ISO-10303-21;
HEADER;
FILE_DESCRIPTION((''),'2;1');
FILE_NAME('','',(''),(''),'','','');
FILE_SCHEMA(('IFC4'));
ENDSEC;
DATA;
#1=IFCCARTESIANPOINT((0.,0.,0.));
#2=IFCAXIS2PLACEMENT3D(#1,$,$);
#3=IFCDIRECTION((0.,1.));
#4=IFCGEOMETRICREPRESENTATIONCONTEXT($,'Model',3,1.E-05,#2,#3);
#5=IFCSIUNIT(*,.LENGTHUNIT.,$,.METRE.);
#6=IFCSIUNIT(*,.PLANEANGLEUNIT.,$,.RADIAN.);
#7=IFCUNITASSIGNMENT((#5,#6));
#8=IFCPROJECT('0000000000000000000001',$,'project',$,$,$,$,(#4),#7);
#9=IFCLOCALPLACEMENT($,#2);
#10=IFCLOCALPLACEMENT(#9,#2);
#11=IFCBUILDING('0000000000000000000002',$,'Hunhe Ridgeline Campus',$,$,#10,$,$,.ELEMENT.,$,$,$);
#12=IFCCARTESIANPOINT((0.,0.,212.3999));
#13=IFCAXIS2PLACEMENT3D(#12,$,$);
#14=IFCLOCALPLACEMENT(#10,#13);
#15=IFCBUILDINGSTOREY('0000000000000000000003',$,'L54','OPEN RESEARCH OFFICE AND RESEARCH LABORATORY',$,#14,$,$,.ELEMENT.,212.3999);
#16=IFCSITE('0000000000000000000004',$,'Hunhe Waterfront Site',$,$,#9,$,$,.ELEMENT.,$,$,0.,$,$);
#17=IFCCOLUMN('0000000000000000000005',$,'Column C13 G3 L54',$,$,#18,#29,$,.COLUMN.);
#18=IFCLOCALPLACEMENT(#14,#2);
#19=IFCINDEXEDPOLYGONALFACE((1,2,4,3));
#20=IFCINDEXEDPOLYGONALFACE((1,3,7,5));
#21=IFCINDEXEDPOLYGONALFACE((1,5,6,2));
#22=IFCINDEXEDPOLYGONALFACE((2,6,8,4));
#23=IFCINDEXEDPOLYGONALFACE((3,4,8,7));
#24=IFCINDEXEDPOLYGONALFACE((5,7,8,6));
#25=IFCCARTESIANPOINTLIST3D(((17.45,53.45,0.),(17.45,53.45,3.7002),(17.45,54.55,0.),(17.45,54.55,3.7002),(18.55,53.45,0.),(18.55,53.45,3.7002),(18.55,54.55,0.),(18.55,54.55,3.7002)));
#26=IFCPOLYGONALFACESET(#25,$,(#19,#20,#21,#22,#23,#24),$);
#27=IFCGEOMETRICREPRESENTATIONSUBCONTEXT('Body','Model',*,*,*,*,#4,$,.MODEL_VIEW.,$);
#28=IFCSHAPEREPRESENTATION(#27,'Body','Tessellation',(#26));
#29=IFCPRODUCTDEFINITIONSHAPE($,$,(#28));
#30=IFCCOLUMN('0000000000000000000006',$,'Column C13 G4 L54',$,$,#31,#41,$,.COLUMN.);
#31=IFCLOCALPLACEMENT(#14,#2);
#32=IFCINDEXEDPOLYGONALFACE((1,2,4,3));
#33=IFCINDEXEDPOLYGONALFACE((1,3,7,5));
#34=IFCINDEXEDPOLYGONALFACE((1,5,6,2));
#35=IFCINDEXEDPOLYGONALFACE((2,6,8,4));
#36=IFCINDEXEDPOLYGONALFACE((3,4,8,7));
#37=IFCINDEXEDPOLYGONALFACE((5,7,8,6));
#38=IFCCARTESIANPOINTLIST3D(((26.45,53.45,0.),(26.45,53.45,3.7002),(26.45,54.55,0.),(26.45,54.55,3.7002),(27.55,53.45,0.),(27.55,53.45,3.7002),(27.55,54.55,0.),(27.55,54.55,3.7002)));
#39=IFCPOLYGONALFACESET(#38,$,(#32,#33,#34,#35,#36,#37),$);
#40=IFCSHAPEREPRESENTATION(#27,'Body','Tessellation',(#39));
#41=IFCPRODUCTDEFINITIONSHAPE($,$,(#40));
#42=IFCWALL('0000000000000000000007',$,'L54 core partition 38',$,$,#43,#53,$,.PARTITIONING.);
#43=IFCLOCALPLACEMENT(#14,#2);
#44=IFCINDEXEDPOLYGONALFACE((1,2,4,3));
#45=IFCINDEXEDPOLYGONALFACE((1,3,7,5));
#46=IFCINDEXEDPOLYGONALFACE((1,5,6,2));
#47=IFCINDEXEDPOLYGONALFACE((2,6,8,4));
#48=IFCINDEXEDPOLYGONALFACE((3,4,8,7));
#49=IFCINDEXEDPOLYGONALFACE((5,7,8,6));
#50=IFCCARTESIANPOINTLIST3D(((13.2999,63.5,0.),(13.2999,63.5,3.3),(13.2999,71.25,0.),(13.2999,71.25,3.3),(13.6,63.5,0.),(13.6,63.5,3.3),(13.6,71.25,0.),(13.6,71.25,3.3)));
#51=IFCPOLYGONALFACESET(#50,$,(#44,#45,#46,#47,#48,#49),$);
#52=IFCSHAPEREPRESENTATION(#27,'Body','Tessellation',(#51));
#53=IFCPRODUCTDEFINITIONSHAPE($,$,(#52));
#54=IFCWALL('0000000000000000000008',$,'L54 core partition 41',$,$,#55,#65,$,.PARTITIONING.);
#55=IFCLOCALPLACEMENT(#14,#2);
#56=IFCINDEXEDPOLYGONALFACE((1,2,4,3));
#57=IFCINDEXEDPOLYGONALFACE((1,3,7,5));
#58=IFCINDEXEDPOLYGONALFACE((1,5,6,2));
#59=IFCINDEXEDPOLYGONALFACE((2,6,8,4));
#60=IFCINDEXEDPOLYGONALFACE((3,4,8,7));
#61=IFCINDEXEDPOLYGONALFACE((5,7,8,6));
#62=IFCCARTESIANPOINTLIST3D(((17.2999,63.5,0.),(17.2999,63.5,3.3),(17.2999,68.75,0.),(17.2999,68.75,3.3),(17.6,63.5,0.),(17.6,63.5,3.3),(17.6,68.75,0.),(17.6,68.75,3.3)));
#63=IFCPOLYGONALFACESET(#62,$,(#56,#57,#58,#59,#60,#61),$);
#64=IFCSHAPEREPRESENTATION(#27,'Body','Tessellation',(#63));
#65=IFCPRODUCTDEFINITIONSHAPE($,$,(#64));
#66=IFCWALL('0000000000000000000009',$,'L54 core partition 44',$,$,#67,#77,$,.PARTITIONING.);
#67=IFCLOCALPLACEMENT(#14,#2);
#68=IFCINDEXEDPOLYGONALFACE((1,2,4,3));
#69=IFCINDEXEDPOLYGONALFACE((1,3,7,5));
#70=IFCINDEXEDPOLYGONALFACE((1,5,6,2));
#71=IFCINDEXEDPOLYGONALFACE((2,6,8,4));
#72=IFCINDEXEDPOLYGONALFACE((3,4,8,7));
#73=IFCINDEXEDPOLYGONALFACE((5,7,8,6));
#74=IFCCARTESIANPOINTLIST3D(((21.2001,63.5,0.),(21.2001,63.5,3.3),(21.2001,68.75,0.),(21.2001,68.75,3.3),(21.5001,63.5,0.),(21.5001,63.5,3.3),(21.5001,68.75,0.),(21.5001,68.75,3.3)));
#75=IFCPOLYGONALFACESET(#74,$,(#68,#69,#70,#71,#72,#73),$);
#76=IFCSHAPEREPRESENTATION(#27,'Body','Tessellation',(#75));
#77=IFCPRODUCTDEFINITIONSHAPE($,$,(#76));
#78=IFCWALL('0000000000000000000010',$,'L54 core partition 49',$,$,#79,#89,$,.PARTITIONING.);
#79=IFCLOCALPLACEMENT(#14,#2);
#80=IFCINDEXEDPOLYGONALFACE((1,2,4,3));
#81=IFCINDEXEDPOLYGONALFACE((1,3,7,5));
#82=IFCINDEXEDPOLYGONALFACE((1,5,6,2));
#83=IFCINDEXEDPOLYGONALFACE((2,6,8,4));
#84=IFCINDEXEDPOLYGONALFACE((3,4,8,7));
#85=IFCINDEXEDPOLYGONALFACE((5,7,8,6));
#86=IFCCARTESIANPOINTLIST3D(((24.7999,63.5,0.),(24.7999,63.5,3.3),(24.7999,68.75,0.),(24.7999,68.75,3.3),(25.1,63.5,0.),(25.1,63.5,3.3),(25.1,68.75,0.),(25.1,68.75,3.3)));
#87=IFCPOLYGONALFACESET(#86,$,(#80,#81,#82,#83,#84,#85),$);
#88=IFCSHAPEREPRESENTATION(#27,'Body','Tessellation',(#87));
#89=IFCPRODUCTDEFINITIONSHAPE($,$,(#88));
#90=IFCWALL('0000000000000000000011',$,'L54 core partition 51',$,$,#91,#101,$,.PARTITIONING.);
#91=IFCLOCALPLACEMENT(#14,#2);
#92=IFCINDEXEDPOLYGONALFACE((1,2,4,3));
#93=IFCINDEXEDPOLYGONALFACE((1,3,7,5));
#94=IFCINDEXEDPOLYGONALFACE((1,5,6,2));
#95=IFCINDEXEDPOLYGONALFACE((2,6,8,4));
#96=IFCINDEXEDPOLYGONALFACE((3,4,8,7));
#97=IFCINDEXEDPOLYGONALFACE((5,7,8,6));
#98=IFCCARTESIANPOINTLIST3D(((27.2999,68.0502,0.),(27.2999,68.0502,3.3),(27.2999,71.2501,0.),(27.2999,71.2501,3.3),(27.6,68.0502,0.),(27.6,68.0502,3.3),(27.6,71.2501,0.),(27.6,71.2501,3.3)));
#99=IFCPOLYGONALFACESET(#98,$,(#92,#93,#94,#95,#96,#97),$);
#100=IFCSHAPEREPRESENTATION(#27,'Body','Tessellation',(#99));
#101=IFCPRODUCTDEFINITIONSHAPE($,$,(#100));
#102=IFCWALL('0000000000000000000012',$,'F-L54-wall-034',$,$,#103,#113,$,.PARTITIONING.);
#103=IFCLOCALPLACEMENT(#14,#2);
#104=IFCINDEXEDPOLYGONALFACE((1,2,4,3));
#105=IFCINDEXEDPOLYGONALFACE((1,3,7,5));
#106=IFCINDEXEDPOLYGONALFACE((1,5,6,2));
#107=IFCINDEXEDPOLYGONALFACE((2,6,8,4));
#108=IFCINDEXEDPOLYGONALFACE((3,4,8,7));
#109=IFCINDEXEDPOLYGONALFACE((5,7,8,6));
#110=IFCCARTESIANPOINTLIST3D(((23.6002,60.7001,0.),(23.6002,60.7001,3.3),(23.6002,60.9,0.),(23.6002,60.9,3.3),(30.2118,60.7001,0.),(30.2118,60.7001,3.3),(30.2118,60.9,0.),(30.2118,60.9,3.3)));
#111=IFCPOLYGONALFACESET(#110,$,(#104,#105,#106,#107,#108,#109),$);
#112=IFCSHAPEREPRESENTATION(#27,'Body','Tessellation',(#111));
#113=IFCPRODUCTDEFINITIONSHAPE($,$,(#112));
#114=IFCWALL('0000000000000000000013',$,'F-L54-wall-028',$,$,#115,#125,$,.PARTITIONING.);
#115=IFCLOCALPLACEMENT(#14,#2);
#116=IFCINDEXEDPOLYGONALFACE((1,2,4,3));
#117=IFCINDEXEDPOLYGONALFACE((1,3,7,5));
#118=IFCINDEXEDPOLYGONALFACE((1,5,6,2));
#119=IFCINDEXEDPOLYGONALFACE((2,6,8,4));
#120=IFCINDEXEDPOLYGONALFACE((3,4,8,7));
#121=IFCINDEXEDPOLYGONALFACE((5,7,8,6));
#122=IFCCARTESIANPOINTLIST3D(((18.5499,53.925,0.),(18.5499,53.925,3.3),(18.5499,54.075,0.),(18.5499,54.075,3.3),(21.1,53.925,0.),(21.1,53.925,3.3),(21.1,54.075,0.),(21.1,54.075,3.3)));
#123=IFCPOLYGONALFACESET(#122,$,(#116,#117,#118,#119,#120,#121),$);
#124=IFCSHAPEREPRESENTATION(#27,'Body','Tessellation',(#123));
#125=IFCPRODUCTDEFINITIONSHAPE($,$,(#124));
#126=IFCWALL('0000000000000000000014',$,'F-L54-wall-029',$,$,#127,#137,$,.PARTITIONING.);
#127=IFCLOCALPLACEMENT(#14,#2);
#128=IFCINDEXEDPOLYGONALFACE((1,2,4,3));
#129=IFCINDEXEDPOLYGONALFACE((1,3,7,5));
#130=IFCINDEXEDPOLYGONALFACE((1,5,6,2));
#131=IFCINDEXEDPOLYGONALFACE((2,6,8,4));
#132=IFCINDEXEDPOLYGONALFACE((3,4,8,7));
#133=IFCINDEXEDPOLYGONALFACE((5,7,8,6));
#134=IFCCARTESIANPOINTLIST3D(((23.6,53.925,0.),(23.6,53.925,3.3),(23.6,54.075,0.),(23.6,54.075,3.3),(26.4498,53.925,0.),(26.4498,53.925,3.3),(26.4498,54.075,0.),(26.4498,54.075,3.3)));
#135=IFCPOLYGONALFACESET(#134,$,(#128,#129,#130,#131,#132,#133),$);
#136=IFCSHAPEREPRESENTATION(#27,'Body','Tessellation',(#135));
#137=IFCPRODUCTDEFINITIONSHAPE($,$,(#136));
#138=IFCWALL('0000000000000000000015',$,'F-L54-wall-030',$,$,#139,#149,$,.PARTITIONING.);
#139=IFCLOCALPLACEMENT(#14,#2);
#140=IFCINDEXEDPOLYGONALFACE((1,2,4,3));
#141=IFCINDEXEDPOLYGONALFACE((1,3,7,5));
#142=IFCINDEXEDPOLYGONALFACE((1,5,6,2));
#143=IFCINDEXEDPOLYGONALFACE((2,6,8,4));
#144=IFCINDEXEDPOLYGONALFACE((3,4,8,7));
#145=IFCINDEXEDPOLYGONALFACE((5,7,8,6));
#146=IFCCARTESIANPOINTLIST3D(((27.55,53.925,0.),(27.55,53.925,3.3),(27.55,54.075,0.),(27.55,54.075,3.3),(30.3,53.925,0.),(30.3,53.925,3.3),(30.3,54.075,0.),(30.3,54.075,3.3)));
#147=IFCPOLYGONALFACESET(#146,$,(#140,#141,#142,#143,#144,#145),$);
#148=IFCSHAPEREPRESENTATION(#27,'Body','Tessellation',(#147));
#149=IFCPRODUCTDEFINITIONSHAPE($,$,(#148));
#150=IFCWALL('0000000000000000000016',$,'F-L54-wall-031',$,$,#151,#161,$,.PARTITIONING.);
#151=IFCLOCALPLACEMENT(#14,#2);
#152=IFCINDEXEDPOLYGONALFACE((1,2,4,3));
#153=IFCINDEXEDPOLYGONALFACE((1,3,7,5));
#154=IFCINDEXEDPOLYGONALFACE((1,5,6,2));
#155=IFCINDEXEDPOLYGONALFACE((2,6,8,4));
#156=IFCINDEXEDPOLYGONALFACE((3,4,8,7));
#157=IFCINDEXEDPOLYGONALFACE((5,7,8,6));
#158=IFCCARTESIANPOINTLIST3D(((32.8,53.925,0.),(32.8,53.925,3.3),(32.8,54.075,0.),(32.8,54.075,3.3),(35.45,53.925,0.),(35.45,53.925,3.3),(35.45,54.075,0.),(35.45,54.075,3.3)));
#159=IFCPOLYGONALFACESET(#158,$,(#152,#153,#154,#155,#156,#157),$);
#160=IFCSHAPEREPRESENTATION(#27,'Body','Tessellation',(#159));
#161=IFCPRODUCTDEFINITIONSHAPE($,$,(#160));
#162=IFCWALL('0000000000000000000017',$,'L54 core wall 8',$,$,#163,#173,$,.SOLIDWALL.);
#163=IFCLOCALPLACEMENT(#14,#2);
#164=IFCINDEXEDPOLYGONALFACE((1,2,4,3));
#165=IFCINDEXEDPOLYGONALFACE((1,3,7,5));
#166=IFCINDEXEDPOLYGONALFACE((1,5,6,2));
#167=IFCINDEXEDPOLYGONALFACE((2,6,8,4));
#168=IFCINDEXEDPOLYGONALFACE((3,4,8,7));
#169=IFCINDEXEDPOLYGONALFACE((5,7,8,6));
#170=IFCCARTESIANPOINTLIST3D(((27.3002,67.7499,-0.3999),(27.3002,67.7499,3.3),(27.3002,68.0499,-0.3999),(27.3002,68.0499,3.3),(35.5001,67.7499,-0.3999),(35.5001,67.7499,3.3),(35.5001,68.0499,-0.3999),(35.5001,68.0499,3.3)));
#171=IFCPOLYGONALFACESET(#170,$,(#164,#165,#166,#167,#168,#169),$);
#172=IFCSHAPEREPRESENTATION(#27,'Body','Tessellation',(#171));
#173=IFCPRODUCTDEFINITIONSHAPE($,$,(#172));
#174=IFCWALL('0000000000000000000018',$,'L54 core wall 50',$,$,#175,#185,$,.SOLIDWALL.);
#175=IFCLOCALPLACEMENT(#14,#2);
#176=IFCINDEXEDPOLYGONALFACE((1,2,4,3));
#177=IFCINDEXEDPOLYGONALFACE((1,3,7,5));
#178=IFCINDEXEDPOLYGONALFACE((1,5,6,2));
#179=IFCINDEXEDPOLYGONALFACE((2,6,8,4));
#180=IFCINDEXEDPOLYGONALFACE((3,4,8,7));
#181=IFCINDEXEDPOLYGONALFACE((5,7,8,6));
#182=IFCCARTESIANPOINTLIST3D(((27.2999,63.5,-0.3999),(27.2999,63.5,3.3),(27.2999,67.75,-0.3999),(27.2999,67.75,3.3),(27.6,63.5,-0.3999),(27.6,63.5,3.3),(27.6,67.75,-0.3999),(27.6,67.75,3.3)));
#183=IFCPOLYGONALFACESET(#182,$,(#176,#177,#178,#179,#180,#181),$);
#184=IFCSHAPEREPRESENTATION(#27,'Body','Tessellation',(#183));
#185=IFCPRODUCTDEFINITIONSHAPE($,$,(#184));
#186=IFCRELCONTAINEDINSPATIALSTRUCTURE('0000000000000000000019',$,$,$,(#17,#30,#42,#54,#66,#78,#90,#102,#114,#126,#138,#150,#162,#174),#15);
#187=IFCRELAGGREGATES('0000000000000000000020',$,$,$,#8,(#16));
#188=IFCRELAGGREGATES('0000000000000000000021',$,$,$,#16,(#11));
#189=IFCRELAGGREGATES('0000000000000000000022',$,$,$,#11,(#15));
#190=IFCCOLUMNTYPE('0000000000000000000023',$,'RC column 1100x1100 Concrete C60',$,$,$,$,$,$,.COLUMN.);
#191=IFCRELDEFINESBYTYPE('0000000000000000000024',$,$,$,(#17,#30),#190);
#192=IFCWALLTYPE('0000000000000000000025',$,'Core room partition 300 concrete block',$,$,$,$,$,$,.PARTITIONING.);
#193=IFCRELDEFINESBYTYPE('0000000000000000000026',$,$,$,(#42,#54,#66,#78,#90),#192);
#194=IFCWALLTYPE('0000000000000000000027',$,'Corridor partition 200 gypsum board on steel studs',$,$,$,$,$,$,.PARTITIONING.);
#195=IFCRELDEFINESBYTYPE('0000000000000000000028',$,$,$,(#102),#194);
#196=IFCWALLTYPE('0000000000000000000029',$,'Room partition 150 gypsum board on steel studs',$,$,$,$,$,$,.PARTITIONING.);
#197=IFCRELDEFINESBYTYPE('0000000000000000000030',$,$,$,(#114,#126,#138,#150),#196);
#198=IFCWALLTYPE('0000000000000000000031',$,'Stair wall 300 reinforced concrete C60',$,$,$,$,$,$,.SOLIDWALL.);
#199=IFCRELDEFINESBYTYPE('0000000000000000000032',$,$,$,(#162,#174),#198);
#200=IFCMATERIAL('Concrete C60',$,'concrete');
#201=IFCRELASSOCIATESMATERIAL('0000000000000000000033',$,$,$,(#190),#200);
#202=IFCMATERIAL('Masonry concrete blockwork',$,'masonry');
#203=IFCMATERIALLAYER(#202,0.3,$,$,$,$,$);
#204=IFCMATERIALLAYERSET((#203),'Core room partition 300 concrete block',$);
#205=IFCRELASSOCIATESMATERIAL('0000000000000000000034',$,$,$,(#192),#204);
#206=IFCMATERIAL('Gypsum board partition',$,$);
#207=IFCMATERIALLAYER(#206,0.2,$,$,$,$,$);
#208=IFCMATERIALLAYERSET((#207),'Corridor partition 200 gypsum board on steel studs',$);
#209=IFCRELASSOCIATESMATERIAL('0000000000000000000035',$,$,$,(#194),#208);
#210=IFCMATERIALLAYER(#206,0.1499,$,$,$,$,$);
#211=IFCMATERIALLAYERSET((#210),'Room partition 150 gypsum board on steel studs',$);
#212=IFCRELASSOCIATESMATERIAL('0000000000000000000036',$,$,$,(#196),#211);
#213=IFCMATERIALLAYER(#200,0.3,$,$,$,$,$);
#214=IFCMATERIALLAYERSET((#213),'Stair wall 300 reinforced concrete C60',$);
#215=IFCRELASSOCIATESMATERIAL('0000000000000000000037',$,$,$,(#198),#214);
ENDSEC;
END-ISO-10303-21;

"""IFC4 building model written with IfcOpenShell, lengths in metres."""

from ifc_helpers import new_model, si_unit, direction, frame, frame_2d, origin, origin_2d, place, context, subcontext, project, spatial, rectangle, extrude, material, layer, layer_set, material_profile, profile_set, type_object, element, save


model = new_model("IFC4")

# Units and contexts
model_context = context("Model", 3, precision=1e-05, world=origin(), true_north=direction((0.0, 1.0)))
body_context = subcontext(model_context, "Body", "Model", "MODEL_VIEW")
ifc_project = project(units=[si_unit("LENGTHUNIT", "METRE"), si_unit("PLANEANGLEUNIT", "RADIAN")], contexts=[model_context])

# Site, building, storey
site_placement = place(None, origin())
site = spatial("IfcSite", under=ifc_project, at=site_placement, Name="Hunhe Waterfront Site", CompositionType="ELEMENT", RefElevation=0.0)
building_placement = place(site_placement, origin())
building = spatial("IfcBuilding", under=site, at=building_placement, Name="Hunhe Ridgeline Campus", CompositionType="ELEMENT")
storey_placement = place(building_placement, frame((0.0, 0.0, 212.3999)))
storey = spatial("IfcBuildingStorey", under=building, at=storey_placement, Name="L54", Description="OPEN RESEARCH OFFICE AND RESEARCH LABORATORY", CompositionType="ELEMENT", Elevation=212.3999)

# Columns
ifc_material_1 = material(Name="Concrete C60", Category="concrete")
ifc_material_profile = material_profile(ifc_material_1, rectangle(XDim=1.1001, YDim=1.1001, at=origin_2d()))
ifc_profile_set = profile_set([ifc_material_profile], Name="Concrete C60")
column_type = type_object("IfcColumnType", Name="RC column 1100x1100 Concrete C60", PredefinedType="COLUMN", material=ifc_profile_set)
for number, where, z_axis, x_axis, name in (
    (1, (18.0, 54.0, 0.0), (0.0, 0.0, 1.0), (1.0, 0.0, 0.0), "Column C13 G3 L54"),
    (2, (27.0, 54.0, 0.0), (0.0, 0.0, 1.0), (1.0, 0.0, 0.0), "Column C13 G4 L54"),
):
    element("IfcColumn", number, at=place(storey_placement, frame(where, z_axis=z_axis, x_axis=x_axis)), inside=storey, type_object=column_type, Name=name, PredefinedType="COLUMN", context=body_context, shape_type="SweptSolid", body=[
        extrude(rectangle(XDim=1.1001, YDim=1.1001, at=origin_2d()), origin(), (0.0, 0.0, 1.0), 3.7002),
    ])

# Walls
ifc_material_2 = material(Name="Masonry concrete blockwork", Category="masonry")
ifc_layer_1 = layer(ifc_material_2, 0.3)
ifc_layer_set_1 = layer_set([ifc_layer_1], Name="Core room partition 300 concrete block")
wall_type_1 = type_object("IfcWallType", Name="Core room partition 300 concrete block", PredefinedType="PARTITIONING", material=ifc_layer_set_1)
wall_1_placement = place(storey_placement, frame((13.45, 63.5, 0.0), z_axis=(0.0, 0.0, 1.0), x_axis=(0.0, 1.0, 0.0)))
element("IfcWall", 3, at=wall_1_placement, inside=storey, type_object=wall_type_1, Name="L54 core partition 38", PredefinedType="PARTITIONING", context=body_context, shape_type="SweptSolid", body=[
    extrude(rectangle(XDim=7.75, YDim=0.3, at=frame_2d((3.875, 0.0))), origin(), (0.0, 0.0, 1.0), 3.3),
])
for number, where, z_axis, x_axis, name in (
    (4, (17.45, 63.5, 0.0), (0.0, 0.0, 1.0), (0.0, 1.0, 0.0), "L54 core partition 41"),
    (5, (21.3501, 63.5, 0.0), (0.0, 0.0, 1.0), (0.0, 1.0, 0.0), "L54 core partition 44"),
    (6, (24.95, 63.5, 0.0), (0.0, 0.0, 1.0), (0.0, 1.0, 0.0), "L54 core partition 49"),
):
    element("IfcWall", number, at=place(storey_placement, frame(where, z_axis=z_axis, x_axis=x_axis)), inside=storey, type_object=wall_type_1, Name=name, PredefinedType="PARTITIONING", context=body_context, shape_type="SweptSolid", body=[
        extrude(rectangle(XDim=5.25, YDim=0.3, at=frame_2d((2.625, 0.0))), origin(), (0.0, 0.0, 1.0), 3.3),
    ])
wall_2_placement = place(storey_placement, frame((27.45, 68.05, 0.0), z_axis=(0.0, 0.0, 1.0), x_axis=(0.0, 1.0, 0.0)))
element("IfcWall", 7, at=wall_2_placement, inside=storey, type_object=wall_type_1, Name="L54 core partition 51", PredefinedType="PARTITIONING", context=body_context, shape_type="SweptSolid", body=[
    extrude(rectangle(XDim=3.2, YDim=0.3, at=frame_2d((1.6001, 0.0))), origin(), (0.0, 0.0, 1.0), 3.3),
])

# Shared definitions
ifc_material_3 = material(Name="Gypsum board partition")
ifc_layer_2 = layer(ifc_material_3, 0.2)
ifc_layer_set_2 = layer_set([ifc_layer_2], Name="Corridor partition 200 gypsum board on steel studs")
wall_type_2 = type_object("IfcWallType", Name="Corridor partition 200 gypsum board on steel studs", PredefinedType="PARTITIONING", material=ifc_layer_set_2)

# Wall
wall_3_placement = place(storey_placement, frame((30.2117, 60.8, 0.0), z_axis=(0.0, 0.0, 1.0), x_axis=(-1.0, 0.0, 0.0)))
element("IfcWall", 8, at=wall_3_placement, inside=storey, type_object=wall_type_2, Name="F-L54-wall-034", PredefinedType="PARTITIONING", context=body_context, shape_type="SweptSolid", body=[
    extrude(rectangle(XDim=6.6116, YDim=0.2, at=frame_2d((3.3057, 0.0))), origin(), (0.0, 0.0, 1.0), 3.3),
])

# Walls
ifc_layer_3 = layer(ifc_material_3, 0.1499)
ifc_layer_set_3 = layer_set([ifc_layer_3], Name="Room partition 150 gypsum board on steel studs")
wall_type_3 = type_object("IfcWallType", Name="Room partition 150 gypsum board on steel studs", PredefinedType="PARTITIONING", material=ifc_layer_set_3)
wall_4_placement = place(storey_placement, frame((18.55, 54.0, 0.0), z_axis=(0.0, 0.0, 1.0), x_axis=(1.0, 0.0, 0.0)))
element("IfcWall", 9, at=wall_4_placement, inside=storey, type_object=wall_type_3, Name="F-L54-wall-028", PredefinedType="PARTITIONING", context=body_context, shape_type="SweptSolid", body=[
    extrude(rectangle(XDim=2.55, YDim=0.1499, at=frame_2d((1.2749, 0.0))), origin(), (0.0, 0.0, 1.0), 3.3),
])
wall_5_placement = place(storey_placement, frame((23.6001, 54.0, 0.0), z_axis=(0.0, 0.0, 1.0), x_axis=(1.0, 0.0, 0.0)))
element("IfcWall", 10, at=wall_5_placement, inside=storey, type_object=wall_type_3, Name="F-L54-wall-029", PredefinedType="PARTITIONING", context=body_context, shape_type="SweptSolid", body=[
    extrude(rectangle(XDim=2.8499, YDim=0.1499, at=frame_2d((1.4248, 0.0))), origin(), (0.0, 0.0, 1.0), 3.3),
])
wall_6_placement = place(storey_placement, frame((27.55, 54.0, 0.0), z_axis=(0.0, 0.0, 1.0), x_axis=(1.0, 0.0, 0.0)))
element("IfcWall", 11, at=wall_6_placement, inside=storey, type_object=wall_type_3, Name="F-L54-wall-030", PredefinedType="PARTITIONING", context=body_context, shape_type="SweptSolid", body=[
    extrude(rectangle(XDim=2.75, YDim=0.1499, at=frame_2d((1.375, 0.0))), origin(), (0.0, 0.0, 1.0), 3.3),
])
wall_7_placement = place(storey_placement, frame((32.8, 54.0, 0.0), z_axis=(0.0, 0.0, 1.0), x_axis=(1.0, 0.0, 0.0)))
element("IfcWall", 12, at=wall_7_placement, inside=storey, type_object=wall_type_3, Name="F-L54-wall-031", PredefinedType="PARTITIONING", context=body_context, shape_type="SweptSolid", body=[
    extrude(rectangle(XDim=2.6499, YDim=0.1499, at=frame_2d((1.325, 0.0))), origin(), (0.0, 0.0, 1.0), 3.3),
])
ifc_layer_4 = layer(ifc_material_1, 0.3)
ifc_layer_set_4 = layer_set([ifc_layer_4], Name="Stair wall 300 reinforced concrete C60")
wall_type_4 = type_object("IfcWallType", Name="Stair wall 300 reinforced concrete C60", PredefinedType="SOLIDWALL", material=ifc_layer_set_4)
wall_8_placement = place(storey_placement, frame((27.3, 67.8999, -0.3999), z_axis=(0.0, 0.0, 1.0), x_axis=(1.0, 0.0, 0.0)))
element("IfcWall", 13, at=wall_8_placement, inside=storey, type_object=wall_type_4, Name="L54 core wall 8", PredefinedType="SOLIDWALL", context=body_context, shape_type="SweptSolid", body=[
    extrude(rectangle(XDim=8.2, YDim=0.3, at=frame_2d((4.1001, 0.0))), origin(), (0.0, 0.0, 1.0), 3.7),
])
wall_9_placement = place(storey_placement, frame((27.45, 63.5, -0.3999), z_axis=(0.0, 0.0, 1.0), x_axis=(0.0, 1.0, 0.0)))
element("IfcWall", 14, at=wall_9_placement, inside=storey, type_object=wall_type_4, Name="L54 core wall 50", PredefinedType="SOLIDWALL", context=body_context, shape_type="SweptSolid", body=[
    extrude(rectangle(XDim=4.25, YDim=0.3, at=frame_2d((2.125, 0.0))), origin(), (0.0, 0.0, 1.0), 3.7),
])

save(model, "model.ifc")
